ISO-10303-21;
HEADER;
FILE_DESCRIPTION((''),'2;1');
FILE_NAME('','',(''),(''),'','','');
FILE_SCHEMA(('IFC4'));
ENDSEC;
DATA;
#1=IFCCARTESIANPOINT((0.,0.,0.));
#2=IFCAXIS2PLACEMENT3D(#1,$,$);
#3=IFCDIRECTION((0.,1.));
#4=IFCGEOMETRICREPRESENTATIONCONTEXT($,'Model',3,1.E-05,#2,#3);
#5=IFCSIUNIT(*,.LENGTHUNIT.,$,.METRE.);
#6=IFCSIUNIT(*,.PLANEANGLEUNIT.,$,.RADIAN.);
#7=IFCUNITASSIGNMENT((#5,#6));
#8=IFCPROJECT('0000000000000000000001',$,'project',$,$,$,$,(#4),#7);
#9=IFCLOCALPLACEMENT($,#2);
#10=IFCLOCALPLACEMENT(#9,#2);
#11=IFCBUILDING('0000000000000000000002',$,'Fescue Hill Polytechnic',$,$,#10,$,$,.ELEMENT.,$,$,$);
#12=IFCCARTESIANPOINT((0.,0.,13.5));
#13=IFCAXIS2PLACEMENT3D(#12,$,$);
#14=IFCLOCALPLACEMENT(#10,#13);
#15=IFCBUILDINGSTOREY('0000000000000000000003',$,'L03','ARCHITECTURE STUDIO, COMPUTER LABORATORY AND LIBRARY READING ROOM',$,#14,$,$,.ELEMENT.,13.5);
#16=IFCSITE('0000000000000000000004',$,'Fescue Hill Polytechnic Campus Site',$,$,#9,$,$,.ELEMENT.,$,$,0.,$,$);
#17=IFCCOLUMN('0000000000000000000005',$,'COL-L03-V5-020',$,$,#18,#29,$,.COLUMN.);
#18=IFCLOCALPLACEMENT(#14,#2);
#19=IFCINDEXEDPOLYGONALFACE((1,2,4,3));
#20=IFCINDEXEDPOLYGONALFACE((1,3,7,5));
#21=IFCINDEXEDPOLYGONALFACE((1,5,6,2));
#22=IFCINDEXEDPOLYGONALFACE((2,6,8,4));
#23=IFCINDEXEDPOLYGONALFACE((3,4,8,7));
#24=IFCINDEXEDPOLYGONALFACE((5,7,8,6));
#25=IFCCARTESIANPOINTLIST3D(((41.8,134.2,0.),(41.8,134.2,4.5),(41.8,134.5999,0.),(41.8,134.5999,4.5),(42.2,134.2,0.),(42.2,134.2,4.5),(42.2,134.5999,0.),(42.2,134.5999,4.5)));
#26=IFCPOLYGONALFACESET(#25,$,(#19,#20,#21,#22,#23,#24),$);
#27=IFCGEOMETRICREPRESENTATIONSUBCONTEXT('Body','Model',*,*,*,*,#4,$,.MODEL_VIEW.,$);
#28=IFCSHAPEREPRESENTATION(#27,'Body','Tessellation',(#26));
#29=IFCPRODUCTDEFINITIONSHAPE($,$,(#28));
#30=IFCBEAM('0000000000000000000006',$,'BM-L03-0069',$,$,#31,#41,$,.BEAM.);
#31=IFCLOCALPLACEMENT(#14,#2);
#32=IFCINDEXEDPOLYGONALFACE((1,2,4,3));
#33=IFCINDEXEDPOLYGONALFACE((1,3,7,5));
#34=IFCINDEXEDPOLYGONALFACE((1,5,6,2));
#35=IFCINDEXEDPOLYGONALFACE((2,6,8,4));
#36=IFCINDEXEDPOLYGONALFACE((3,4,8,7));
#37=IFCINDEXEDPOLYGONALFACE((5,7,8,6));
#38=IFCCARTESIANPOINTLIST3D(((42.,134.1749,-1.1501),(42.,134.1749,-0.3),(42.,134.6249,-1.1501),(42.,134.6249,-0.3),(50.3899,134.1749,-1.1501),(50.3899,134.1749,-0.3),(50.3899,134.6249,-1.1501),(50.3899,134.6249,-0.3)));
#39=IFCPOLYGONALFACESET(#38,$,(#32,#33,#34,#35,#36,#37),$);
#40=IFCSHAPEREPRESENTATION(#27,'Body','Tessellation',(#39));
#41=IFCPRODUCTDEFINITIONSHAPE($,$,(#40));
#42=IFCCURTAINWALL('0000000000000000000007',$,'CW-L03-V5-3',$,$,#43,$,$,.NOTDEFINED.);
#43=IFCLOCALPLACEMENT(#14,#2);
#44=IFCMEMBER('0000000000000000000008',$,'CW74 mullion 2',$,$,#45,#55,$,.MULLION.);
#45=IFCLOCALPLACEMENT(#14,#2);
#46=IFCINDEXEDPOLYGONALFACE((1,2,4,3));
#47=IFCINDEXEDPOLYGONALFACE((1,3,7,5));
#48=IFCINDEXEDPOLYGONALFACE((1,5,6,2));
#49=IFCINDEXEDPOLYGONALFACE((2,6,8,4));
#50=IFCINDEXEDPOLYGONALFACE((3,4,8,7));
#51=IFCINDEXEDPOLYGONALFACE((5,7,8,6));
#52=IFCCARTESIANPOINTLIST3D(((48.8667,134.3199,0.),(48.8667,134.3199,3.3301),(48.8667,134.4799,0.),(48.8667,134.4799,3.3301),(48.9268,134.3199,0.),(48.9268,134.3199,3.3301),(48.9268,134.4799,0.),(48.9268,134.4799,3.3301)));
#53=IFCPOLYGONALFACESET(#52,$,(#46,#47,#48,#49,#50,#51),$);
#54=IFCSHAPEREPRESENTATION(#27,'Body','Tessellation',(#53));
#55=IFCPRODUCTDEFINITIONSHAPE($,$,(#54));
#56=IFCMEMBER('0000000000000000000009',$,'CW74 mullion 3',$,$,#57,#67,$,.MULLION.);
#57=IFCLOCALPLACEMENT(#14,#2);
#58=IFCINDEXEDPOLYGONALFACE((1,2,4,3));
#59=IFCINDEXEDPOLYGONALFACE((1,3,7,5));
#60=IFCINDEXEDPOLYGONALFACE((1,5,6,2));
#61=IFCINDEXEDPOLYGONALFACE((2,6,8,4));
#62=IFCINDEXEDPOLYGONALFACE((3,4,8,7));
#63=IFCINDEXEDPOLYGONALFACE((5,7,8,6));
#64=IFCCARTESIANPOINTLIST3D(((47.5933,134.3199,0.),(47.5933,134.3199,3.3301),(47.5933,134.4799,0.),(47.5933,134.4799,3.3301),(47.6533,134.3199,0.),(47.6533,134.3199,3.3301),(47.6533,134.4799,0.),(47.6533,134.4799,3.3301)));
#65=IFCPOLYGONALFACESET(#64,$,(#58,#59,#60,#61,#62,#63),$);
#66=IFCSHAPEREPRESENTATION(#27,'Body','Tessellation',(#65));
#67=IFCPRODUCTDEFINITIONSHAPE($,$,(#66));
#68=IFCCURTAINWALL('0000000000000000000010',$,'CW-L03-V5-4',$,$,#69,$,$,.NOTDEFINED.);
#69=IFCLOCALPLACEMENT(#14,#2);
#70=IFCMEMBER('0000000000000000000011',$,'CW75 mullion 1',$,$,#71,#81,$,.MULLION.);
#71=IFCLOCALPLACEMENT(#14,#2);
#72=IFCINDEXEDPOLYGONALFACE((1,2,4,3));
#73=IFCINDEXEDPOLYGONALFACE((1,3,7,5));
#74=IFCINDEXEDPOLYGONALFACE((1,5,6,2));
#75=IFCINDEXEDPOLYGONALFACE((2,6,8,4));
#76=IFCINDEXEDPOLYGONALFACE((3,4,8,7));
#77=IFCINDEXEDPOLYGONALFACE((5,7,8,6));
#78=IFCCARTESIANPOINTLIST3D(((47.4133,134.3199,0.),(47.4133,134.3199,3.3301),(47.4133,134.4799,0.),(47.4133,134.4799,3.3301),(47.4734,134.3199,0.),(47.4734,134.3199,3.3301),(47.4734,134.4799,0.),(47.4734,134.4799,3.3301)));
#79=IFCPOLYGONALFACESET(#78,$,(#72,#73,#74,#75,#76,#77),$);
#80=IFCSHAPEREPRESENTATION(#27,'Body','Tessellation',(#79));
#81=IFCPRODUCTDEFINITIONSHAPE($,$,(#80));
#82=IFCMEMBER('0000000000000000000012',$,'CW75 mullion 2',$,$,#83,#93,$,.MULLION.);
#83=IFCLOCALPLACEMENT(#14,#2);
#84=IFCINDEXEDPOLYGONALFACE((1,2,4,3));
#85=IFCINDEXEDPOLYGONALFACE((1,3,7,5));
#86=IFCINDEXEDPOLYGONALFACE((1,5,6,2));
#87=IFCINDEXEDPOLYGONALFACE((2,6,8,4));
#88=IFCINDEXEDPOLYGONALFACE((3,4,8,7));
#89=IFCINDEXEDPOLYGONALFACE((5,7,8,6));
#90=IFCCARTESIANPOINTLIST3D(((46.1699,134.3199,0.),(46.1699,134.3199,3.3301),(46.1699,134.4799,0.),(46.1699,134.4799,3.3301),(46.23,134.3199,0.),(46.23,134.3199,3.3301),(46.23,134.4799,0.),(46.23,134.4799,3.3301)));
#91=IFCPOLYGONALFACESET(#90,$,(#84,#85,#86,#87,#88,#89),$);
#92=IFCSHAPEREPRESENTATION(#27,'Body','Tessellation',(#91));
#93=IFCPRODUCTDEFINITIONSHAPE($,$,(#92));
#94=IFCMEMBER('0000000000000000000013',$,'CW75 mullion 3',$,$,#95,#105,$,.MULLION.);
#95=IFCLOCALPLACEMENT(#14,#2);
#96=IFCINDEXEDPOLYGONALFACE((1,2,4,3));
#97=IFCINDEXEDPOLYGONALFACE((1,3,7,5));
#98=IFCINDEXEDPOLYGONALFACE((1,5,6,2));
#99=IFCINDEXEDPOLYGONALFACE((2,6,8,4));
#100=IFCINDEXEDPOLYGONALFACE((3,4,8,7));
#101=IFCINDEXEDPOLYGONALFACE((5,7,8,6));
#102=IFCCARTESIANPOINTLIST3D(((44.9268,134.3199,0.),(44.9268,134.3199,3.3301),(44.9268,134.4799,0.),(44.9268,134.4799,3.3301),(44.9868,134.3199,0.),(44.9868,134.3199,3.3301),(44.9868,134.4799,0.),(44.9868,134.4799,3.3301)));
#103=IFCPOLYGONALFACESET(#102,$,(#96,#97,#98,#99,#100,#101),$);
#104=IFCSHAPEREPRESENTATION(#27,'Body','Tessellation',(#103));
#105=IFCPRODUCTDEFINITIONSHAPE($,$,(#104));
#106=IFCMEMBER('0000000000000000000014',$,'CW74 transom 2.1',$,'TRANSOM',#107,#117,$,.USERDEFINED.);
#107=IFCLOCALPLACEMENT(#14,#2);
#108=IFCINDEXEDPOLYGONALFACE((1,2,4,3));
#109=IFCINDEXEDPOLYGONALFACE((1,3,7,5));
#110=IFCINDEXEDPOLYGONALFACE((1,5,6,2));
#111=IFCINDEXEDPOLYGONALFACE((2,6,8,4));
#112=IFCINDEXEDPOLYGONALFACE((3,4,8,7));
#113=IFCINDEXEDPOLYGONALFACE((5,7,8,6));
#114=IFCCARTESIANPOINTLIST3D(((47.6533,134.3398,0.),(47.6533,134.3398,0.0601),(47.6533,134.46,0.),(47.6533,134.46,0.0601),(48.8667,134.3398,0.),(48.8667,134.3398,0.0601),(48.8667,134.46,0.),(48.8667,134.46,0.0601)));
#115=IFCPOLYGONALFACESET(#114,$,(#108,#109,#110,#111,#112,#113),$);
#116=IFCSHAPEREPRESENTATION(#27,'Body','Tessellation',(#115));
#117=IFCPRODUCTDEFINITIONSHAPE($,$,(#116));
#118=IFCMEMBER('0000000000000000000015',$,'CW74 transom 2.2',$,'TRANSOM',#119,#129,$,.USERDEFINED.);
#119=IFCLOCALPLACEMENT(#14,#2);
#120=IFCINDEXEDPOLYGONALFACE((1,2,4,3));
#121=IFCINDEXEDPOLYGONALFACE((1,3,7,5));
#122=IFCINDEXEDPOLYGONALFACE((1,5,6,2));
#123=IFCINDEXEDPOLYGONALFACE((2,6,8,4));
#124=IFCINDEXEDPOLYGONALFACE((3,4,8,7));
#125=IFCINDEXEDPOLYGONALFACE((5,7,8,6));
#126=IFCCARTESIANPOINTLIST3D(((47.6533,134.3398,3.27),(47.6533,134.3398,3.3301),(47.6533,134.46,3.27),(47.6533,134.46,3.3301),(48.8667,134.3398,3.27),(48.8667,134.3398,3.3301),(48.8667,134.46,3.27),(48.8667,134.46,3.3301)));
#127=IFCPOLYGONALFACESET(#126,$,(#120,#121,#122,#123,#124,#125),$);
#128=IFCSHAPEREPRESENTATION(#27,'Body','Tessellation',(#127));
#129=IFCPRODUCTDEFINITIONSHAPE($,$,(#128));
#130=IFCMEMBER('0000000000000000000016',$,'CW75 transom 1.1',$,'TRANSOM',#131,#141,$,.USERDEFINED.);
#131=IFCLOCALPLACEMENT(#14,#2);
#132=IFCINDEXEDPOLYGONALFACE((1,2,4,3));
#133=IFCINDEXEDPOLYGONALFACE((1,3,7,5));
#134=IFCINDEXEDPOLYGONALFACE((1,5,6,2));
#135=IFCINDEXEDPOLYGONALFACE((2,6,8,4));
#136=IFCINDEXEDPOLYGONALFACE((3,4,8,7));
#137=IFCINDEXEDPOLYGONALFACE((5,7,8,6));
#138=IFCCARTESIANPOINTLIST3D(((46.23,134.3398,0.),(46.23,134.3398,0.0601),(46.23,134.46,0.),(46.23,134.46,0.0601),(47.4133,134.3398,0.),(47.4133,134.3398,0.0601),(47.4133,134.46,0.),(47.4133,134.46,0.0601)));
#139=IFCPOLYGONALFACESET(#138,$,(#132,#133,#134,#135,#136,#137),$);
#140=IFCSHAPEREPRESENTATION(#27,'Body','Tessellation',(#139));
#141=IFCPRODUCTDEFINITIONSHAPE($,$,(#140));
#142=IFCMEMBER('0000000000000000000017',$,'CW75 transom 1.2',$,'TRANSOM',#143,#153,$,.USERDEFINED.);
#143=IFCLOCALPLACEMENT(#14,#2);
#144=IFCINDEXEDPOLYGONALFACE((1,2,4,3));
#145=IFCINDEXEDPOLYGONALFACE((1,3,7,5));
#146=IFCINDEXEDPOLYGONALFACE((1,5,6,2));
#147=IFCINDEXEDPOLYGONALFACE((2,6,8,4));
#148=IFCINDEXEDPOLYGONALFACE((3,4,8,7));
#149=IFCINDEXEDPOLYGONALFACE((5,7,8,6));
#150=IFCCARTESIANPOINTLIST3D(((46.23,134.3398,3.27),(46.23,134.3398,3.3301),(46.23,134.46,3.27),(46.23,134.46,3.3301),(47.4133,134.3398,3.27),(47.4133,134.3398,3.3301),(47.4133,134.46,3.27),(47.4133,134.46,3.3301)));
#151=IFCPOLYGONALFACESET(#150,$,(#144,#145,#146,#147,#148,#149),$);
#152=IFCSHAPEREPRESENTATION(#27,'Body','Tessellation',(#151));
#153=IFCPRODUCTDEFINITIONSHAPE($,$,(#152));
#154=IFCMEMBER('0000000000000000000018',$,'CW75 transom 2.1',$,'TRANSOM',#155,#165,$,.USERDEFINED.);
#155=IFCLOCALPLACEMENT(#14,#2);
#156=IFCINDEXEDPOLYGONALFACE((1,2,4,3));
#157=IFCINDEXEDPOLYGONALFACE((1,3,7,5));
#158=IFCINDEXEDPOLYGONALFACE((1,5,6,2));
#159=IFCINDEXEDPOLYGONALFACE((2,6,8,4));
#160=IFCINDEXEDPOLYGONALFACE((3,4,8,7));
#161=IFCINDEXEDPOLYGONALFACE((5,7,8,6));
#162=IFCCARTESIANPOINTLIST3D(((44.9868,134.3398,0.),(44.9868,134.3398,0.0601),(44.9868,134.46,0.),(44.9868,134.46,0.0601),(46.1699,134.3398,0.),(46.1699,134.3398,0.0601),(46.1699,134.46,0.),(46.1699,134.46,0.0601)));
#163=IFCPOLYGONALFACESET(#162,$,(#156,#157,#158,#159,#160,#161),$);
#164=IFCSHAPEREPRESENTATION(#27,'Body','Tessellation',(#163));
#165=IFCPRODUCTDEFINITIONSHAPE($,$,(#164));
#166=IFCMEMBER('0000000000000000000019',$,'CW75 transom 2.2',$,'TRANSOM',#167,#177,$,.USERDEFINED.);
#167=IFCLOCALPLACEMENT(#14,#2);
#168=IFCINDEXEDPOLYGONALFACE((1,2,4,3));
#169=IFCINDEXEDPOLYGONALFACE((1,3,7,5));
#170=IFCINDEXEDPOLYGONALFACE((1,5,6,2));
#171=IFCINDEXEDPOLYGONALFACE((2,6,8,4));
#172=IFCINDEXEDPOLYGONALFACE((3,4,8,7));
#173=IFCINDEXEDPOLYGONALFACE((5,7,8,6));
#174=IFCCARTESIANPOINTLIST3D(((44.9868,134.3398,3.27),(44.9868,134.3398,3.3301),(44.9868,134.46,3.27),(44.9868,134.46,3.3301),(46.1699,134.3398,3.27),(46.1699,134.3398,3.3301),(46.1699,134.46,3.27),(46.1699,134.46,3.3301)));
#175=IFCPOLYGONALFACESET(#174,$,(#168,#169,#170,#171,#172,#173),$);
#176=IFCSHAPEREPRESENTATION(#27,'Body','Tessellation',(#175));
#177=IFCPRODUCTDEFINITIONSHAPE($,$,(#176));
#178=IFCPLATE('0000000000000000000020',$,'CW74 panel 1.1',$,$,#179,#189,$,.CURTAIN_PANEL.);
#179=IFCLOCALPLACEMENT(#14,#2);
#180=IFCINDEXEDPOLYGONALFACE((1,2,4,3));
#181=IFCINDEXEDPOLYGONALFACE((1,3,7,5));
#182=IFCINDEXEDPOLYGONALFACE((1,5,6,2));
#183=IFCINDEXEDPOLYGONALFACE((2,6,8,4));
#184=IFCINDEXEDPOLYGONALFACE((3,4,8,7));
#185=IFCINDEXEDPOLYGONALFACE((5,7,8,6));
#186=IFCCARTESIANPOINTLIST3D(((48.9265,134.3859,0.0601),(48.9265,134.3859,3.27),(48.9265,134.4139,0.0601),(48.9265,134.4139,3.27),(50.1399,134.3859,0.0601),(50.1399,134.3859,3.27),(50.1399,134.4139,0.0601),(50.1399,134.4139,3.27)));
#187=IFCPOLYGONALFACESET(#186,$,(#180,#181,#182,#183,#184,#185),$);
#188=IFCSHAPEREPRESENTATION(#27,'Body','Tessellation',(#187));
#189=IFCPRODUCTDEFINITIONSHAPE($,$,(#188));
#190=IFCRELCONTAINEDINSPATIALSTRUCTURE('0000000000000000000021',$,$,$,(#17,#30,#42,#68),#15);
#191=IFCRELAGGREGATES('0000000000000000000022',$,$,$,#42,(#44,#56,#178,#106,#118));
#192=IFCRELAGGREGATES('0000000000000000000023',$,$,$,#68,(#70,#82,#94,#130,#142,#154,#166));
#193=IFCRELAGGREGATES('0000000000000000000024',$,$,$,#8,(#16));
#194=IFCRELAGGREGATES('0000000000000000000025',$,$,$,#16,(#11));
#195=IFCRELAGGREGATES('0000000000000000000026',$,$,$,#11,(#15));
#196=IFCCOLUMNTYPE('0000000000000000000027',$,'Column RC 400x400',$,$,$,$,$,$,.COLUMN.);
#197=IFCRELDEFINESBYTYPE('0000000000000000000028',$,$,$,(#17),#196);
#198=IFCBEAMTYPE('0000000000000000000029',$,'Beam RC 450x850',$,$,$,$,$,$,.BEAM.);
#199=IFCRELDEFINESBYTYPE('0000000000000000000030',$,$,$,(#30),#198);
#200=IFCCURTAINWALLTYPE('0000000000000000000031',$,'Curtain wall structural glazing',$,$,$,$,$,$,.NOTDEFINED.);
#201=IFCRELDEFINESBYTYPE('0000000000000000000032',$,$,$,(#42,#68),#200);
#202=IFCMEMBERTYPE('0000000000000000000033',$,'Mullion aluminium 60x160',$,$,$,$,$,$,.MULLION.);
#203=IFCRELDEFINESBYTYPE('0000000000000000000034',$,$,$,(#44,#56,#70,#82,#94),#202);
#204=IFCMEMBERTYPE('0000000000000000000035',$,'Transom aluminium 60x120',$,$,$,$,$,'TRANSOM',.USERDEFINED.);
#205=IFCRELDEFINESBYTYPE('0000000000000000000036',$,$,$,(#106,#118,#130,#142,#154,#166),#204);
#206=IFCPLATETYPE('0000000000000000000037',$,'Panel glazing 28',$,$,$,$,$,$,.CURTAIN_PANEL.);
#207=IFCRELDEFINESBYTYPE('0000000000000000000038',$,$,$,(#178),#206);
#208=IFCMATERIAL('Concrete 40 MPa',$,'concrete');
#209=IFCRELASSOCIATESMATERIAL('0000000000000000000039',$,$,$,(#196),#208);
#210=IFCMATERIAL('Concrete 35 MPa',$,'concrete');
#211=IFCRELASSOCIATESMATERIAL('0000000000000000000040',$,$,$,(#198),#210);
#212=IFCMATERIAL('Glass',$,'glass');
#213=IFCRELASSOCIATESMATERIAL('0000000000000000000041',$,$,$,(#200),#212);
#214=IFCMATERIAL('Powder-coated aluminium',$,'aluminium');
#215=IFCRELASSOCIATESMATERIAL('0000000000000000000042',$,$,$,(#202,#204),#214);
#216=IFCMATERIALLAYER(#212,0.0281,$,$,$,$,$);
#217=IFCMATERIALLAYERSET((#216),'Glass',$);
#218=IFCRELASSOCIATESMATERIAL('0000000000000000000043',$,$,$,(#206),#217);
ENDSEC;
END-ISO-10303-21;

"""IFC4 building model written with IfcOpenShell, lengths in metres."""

from ifc_helpers import new_model, si_unit, direction, frame, origin, origin_2d, place, context, subcontext, project, spatial, rectangle, extrude, material, layer, layer_set, material_profile, profile_set, type_object, element, aggregate, save


model = new_model("IFC4")

# Units and contexts
model_context = context("Model", 3, precision=1e-05, world=origin(), true_north=direction((0.0, 1.0)))
body_context = subcontext(model_context, "Body", "Model", "MODEL_VIEW")
ifc_project = project(units=[si_unit("LENGTHUNIT", "METRE"), si_unit("PLANEANGLEUNIT", "RADIAN")], contexts=[model_context])

# Site, building, storey
site_placement = place(None, origin())
site = spatial("IfcSite", under=ifc_project, at=site_placement, Name="Fescue Hill Polytechnic Campus Site", CompositionType="ELEMENT", RefElevation=0.0)
building_placement = place(site_placement, origin())
building = spatial("IfcBuilding", under=site, at=building_placement, Name="Fescue Hill Polytechnic", CompositionType="ELEMENT")
storey_placement = place(building_placement, frame((0.0, 0.0, 13.5)))
storey = spatial("IfcBuildingStorey", under=building, at=storey_placement, Name="L03", Description="ARCHITECTURE STUDIO, COMPUTER LABORATORY AND LIBRARY READING ROOM", CompositionType="ELEMENT", Elevation=13.5)

# Column
ifc_material_1 = material(Name="Concrete 40 MPa", Category="concrete")
ifc_material_profile_1 = material_profile(ifc_material_1, rectangle(XDim=0.3999, YDim=0.3999, at=origin_2d()), Name="RC 400x400")
ifc_profile_set_1 = profile_set([ifc_material_profile_1], Name="Concrete 40 MPa")
column_type = type_object("IfcColumnType", Name="Column RC 400x400", PredefinedType="COLUMN", material=ifc_profile_set_1)
column_placement = place(storey_placement, frame((42.0, 134.3999, 0.0), z_axis=(0.0, 0.0, 1.0), x_axis=(1.0, 0.0, 0.0)))
element("IfcColumn", 1, at=column_placement, inside=storey, type_object=column_type, Name="COL-L03-V5-020", PredefinedType="COLUMN", context=body_context, shape_type="SweptSolid", body=[
    extrude(rectangle(XDim=0.3999, YDim=0.3999, at=origin_2d()), origin(), (0.0, 0.0, 1.0), 4.5),
])

# Beam
ifc_material_2 = material(Name="Concrete 35 MPa", Category="concrete")
ifc_material_profile_2 = material_profile(ifc_material_2, rectangle(XDim=0.45, YDim=0.8501, at=origin_2d()), Name="RC 450x850")
ifc_profile_set_2 = profile_set([ifc_material_profile_2], Name="Concrete 35 MPa")
beam_type = type_object("IfcBeamType", Name="Beam RC 450x850", PredefinedType="BEAM", material=ifc_profile_set_2)
beam_placement = place(storey_placement, frame((42.0, 134.3999, -0.7251), z_axis=(1.0, 0.0, 0.0), x_axis=(0.0, 1.0, 0.0)))
element("IfcBeam", 2, at=beam_placement, inside=storey, type_object=beam_type, Name="BM-L03-0069", PredefinedType="BEAM", context=body_context, shape_type="SweptSolid", body=[
    extrude(rectangle(XDim=0.45, YDim=0.8501, at=origin_2d()), origin(), (0.0, 0.0, 1.0), 8.3899),
])

# Curtain walls, members
ifc_material_3 = material(Name="Glass", Category="glass")
curtain_wall_type = type_object("IfcCurtainWallType", Name="Curtain wall structural glazing", PredefinedType="NOTDEFINED", material=ifc_material_3)
curtain_wall_1_placement = place(storey_placement, origin())
curtain_wall_1 = element("IfcCurtainWall", 3, at=curtain_wall_1_placement, inside=storey, type_object=curtain_wall_type, Name="CW-L03-V5-3", PredefinedType="NOTDEFINED")
ifc_material_4 = material(Name="Powder-coated aluminium", Category="aluminium")
ifc_material_profile_3 = material_profile(ifc_material_4, rectangle(XDim=0.1599, YDim=0.0601, at=origin_2d()), Name="Mullion aluminium 60x160")
ifc_profile_set_3 = profile_set([ifc_material_profile_3], Name="Powder-coated aluminium")
member_type_1 = type_object("IfcMemberType", Name="Mullion aluminium 60x160", PredefinedType="MULLION", material=ifc_profile_set_3)
member_1_placement = place(storey_placement, frame((48.8967, 134.3999, 0.0), z_axis=(0.0, 0.0, 1.0), x_axis=(0.0, -1.0, 0.0)))
member_1 = element("IfcMember", 4, at=member_1_placement, type_object=member_type_1, Name="CW74 mullion 2", PredefinedType="MULLION", context=body_context, shape_type="SweptSolid", body=[
    extrude(rectangle(XDim=0.1599, YDim=0.0601, at=origin_2d()), origin(), (0.0, 0.0, 1.0), 3.3301),
])
member_2_placement = place(storey_placement, frame((47.6233, 134.3999, 0.0), z_axis=(0.0, 0.0, 1.0), x_axis=(0.0, -1.0, 0.0)))
member_2 = element("IfcMember", 5, at=member_2_placement, type_object=member_type_1, Name="CW74 mullion 3", PredefinedType="MULLION", context=body_context, shape_type="SweptSolid", body=[
    extrude(rectangle(XDim=0.1599, YDim=0.0601, at=origin_2d()), origin(), (0.0, 0.0, 1.0), 3.3301),
])
curtain_wall_2_placement = place(storey_placement, origin())
curtain_wall_2 = element("IfcCurtainWall", 6, at=curtain_wall_2_placement, inside=storey, type_object=curtain_wall_type, Name="CW-L03-V5-4", PredefinedType="NOTDEFINED")
member_3_placement = place(storey_placement, frame((47.4434, 134.3999, 0.0), z_axis=(0.0, 0.0, 1.0), x_axis=(0.0, -1.0, 0.0)))
member_3 = element("IfcMember", 7, at=member_3_placement, type_object=member_type_1, Name="CW75 mullion 1", PredefinedType="MULLION", context=body_context, shape_type="SweptSolid", body=[
    extrude(rectangle(XDim=0.1599, YDim=0.0601, at=origin_2d()), origin(), (0.0, 0.0, 1.0), 3.3301),
])
member_4_placement = place(storey_placement, frame((46.2, 134.3999, 0.0), z_axis=(0.0, 0.0, 1.0), x_axis=(0.0, -1.0, 0.0)))
member_4 = element("IfcMember", 8, at=member_4_placement, type_object=member_type_1, Name="CW75 mullion 2", PredefinedType="MULLION", context=body_context, shape_type="SweptSolid", body=[
    extrude(rectangle(XDim=0.1599, YDim=0.0601, at=origin_2d()), origin(), (0.0, 0.0, 1.0), 3.3301),
])
member_5_placement = place(storey_placement, frame((44.9568, 134.3999, 0.0), z_axis=(0.0, 0.0, 1.0), x_axis=(0.0, -1.0, 0.0)))
member_5 = element("IfcMember", 9, at=member_5_placement, type_object=member_type_1, Name="CW75 mullion 3", PredefinedType="MULLION", context=body_context, shape_type="SweptSolid", body=[
    extrude(rectangle(XDim=0.1599, YDim=0.0601, at=origin_2d()), origin(), (0.0, 0.0, 1.0), 3.3301),
])

# Members
ifc_material_profile_4 = material_profile(ifc_material_4, rectangle(XDim=0.1201, YDim=0.0601, at=origin_2d()), Name="Transom aluminium 60x120")
ifc_profile_set_4 = profile_set([ifc_material_profile_4], Name="Powder-coated aluminium")
member_type_2 = type_object("IfcMemberType", Name="Transom aluminium 60x120", ElementType="TRANSOM", PredefinedType="USERDEFINED", material=ifc_profile_set_4)
member_6_placement = place(storey_placement, frame((48.8667, 134.3999, 0.03), z_axis=(-1.0, 0.0, 0.0), x_axis=(0.0, -1.0, 0.0)))
member_6 = element("IfcMember", 10, at=member_6_placement, type_object=member_type_2, Name="CW74 transom 2.1", ObjectType="TRANSOM", PredefinedType="USERDEFINED", context=body_context, shape_type="SweptSolid", body=[
    extrude(rectangle(XDim=0.1201, YDim=0.0601, at=origin_2d()), origin(), (0.0, 0.0, 1.0), 1.2134),
])
member_7_placement = place(storey_placement, frame((48.8667, 134.3999, 3.3), z_axis=(-1.0, 0.0, 0.0), x_axis=(0.0, -1.0, 0.0)))
member_7 = element("IfcMember", 11, at=member_7_placement, type_object=member_type_2, Name="CW74 transom 2.2", ObjectType="TRANSOM", PredefinedType="USERDEFINED", context=body_context, shape_type="SweptSolid", body=[
    extrude(rectangle(XDim=0.1201, YDim=0.0601, at=origin_2d()), origin(), (0.0, 0.0, 1.0), 1.2134),
])
member_8_placement = place(storey_placement, frame((47.4133, 134.3999, 0.03), z_axis=(-1.0, 0.0, 0.0), x_axis=(0.0, -1.0, 0.0)))
member_8 = element("IfcMember", 12, at=member_8_placement, type_object=member_type_2, Name="CW75 transom 1.1", ObjectType="TRANSOM", PredefinedType="USERDEFINED", context=body_context, shape_type="SweptSolid", body=[
    extrude(rectangle(XDim=0.1201, YDim=0.0601, at=origin_2d()), origin(), (0.0, 0.0, 1.0), 1.1833),
])
member_9_placement = place(storey_placement, frame((47.4133, 134.3999, 3.3), z_axis=(-1.0, 0.0, 0.0), x_axis=(0.0, -1.0, 0.0)))
member_9 = element("IfcMember", 13, at=member_9_placement, type_object=member_type_2, Name="CW75 transom 1.2", ObjectType="TRANSOM", PredefinedType="USERDEFINED", context=body_context, shape_type="SweptSolid", body=[
    extrude(rectangle(XDim=0.1201, YDim=0.0601, at=origin_2d()), origin(), (0.0, 0.0, 1.0), 1.1833),
])
member_10_placement = place(storey_placement, frame((46.1699, 134.3999, 0.03), z_axis=(-1.0, 0.0, 0.0), x_axis=(0.0, -1.0, 0.0)))
member_10 = element("IfcMember", 14, at=member_10_placement, type_object=member_type_2, Name="CW75 transom 2.1", ObjectType="TRANSOM", PredefinedType="USERDEFINED", context=body_context, shape_type="SweptSolid", body=[
    extrude(rectangle(XDim=0.1201, YDim=0.0601, at=origin_2d()), origin(), (0.0, 0.0, 1.0), 1.1831),
])
member_11_placement = place(storey_placement, frame((46.1699, 134.3999, 3.3), z_axis=(-1.0, 0.0, 0.0), x_axis=(0.0, -1.0, 0.0)))
member_11 = element("IfcMember", 15, at=member_11_placement, type_object=member_type_2, Name="CW75 transom 2.2", ObjectType="TRANSOM", PredefinedType="USERDEFINED", context=body_context, shape_type="SweptSolid", body=[
    extrude(rectangle(XDim=0.1201, YDim=0.0601, at=origin_2d()), origin(), (0.0, 0.0, 1.0), 1.1831),
])

# Plate
ifc_layer_1 = layer(ifc_material_3, 0.0281)
ifc_layer_set_1 = layer_set([ifc_layer_1], Name="Glass")
plate_type = type_object("IfcPlateType", Name="Panel glazing 28", PredefinedType="CURTAIN_PANEL", material=ifc_layer_set_1)
plate_1_placement = place(storey_placement, frame((49.5332, 134.3999, 0.0601), z_axis=(0.0, 0.0, 1.0), x_axis=(-1.0, 0.0, 0.0)))
plate_1 = element("IfcPlate", 16, at=plate_1_placement, type_object=plate_type, Name="CW74 panel 1.1", PredefinedType="CURTAIN_PANEL", context=body_context, shape_type="SweptSolid", body=[
    extrude(rectangle(XDim=1.2134, YDim=0.0281, at=origin_2d()), origin(), (0.0, 0.0, 1.0), 3.21),
])
aggregate(curtain_wall_1, [member_1, member_2, plate_1, member_6, member_7])
aggregate(curtain_wall_2, [member_3, member_4, member_5, member_8, member_9, member_10, member_11])

save(model, "model.ifc")
